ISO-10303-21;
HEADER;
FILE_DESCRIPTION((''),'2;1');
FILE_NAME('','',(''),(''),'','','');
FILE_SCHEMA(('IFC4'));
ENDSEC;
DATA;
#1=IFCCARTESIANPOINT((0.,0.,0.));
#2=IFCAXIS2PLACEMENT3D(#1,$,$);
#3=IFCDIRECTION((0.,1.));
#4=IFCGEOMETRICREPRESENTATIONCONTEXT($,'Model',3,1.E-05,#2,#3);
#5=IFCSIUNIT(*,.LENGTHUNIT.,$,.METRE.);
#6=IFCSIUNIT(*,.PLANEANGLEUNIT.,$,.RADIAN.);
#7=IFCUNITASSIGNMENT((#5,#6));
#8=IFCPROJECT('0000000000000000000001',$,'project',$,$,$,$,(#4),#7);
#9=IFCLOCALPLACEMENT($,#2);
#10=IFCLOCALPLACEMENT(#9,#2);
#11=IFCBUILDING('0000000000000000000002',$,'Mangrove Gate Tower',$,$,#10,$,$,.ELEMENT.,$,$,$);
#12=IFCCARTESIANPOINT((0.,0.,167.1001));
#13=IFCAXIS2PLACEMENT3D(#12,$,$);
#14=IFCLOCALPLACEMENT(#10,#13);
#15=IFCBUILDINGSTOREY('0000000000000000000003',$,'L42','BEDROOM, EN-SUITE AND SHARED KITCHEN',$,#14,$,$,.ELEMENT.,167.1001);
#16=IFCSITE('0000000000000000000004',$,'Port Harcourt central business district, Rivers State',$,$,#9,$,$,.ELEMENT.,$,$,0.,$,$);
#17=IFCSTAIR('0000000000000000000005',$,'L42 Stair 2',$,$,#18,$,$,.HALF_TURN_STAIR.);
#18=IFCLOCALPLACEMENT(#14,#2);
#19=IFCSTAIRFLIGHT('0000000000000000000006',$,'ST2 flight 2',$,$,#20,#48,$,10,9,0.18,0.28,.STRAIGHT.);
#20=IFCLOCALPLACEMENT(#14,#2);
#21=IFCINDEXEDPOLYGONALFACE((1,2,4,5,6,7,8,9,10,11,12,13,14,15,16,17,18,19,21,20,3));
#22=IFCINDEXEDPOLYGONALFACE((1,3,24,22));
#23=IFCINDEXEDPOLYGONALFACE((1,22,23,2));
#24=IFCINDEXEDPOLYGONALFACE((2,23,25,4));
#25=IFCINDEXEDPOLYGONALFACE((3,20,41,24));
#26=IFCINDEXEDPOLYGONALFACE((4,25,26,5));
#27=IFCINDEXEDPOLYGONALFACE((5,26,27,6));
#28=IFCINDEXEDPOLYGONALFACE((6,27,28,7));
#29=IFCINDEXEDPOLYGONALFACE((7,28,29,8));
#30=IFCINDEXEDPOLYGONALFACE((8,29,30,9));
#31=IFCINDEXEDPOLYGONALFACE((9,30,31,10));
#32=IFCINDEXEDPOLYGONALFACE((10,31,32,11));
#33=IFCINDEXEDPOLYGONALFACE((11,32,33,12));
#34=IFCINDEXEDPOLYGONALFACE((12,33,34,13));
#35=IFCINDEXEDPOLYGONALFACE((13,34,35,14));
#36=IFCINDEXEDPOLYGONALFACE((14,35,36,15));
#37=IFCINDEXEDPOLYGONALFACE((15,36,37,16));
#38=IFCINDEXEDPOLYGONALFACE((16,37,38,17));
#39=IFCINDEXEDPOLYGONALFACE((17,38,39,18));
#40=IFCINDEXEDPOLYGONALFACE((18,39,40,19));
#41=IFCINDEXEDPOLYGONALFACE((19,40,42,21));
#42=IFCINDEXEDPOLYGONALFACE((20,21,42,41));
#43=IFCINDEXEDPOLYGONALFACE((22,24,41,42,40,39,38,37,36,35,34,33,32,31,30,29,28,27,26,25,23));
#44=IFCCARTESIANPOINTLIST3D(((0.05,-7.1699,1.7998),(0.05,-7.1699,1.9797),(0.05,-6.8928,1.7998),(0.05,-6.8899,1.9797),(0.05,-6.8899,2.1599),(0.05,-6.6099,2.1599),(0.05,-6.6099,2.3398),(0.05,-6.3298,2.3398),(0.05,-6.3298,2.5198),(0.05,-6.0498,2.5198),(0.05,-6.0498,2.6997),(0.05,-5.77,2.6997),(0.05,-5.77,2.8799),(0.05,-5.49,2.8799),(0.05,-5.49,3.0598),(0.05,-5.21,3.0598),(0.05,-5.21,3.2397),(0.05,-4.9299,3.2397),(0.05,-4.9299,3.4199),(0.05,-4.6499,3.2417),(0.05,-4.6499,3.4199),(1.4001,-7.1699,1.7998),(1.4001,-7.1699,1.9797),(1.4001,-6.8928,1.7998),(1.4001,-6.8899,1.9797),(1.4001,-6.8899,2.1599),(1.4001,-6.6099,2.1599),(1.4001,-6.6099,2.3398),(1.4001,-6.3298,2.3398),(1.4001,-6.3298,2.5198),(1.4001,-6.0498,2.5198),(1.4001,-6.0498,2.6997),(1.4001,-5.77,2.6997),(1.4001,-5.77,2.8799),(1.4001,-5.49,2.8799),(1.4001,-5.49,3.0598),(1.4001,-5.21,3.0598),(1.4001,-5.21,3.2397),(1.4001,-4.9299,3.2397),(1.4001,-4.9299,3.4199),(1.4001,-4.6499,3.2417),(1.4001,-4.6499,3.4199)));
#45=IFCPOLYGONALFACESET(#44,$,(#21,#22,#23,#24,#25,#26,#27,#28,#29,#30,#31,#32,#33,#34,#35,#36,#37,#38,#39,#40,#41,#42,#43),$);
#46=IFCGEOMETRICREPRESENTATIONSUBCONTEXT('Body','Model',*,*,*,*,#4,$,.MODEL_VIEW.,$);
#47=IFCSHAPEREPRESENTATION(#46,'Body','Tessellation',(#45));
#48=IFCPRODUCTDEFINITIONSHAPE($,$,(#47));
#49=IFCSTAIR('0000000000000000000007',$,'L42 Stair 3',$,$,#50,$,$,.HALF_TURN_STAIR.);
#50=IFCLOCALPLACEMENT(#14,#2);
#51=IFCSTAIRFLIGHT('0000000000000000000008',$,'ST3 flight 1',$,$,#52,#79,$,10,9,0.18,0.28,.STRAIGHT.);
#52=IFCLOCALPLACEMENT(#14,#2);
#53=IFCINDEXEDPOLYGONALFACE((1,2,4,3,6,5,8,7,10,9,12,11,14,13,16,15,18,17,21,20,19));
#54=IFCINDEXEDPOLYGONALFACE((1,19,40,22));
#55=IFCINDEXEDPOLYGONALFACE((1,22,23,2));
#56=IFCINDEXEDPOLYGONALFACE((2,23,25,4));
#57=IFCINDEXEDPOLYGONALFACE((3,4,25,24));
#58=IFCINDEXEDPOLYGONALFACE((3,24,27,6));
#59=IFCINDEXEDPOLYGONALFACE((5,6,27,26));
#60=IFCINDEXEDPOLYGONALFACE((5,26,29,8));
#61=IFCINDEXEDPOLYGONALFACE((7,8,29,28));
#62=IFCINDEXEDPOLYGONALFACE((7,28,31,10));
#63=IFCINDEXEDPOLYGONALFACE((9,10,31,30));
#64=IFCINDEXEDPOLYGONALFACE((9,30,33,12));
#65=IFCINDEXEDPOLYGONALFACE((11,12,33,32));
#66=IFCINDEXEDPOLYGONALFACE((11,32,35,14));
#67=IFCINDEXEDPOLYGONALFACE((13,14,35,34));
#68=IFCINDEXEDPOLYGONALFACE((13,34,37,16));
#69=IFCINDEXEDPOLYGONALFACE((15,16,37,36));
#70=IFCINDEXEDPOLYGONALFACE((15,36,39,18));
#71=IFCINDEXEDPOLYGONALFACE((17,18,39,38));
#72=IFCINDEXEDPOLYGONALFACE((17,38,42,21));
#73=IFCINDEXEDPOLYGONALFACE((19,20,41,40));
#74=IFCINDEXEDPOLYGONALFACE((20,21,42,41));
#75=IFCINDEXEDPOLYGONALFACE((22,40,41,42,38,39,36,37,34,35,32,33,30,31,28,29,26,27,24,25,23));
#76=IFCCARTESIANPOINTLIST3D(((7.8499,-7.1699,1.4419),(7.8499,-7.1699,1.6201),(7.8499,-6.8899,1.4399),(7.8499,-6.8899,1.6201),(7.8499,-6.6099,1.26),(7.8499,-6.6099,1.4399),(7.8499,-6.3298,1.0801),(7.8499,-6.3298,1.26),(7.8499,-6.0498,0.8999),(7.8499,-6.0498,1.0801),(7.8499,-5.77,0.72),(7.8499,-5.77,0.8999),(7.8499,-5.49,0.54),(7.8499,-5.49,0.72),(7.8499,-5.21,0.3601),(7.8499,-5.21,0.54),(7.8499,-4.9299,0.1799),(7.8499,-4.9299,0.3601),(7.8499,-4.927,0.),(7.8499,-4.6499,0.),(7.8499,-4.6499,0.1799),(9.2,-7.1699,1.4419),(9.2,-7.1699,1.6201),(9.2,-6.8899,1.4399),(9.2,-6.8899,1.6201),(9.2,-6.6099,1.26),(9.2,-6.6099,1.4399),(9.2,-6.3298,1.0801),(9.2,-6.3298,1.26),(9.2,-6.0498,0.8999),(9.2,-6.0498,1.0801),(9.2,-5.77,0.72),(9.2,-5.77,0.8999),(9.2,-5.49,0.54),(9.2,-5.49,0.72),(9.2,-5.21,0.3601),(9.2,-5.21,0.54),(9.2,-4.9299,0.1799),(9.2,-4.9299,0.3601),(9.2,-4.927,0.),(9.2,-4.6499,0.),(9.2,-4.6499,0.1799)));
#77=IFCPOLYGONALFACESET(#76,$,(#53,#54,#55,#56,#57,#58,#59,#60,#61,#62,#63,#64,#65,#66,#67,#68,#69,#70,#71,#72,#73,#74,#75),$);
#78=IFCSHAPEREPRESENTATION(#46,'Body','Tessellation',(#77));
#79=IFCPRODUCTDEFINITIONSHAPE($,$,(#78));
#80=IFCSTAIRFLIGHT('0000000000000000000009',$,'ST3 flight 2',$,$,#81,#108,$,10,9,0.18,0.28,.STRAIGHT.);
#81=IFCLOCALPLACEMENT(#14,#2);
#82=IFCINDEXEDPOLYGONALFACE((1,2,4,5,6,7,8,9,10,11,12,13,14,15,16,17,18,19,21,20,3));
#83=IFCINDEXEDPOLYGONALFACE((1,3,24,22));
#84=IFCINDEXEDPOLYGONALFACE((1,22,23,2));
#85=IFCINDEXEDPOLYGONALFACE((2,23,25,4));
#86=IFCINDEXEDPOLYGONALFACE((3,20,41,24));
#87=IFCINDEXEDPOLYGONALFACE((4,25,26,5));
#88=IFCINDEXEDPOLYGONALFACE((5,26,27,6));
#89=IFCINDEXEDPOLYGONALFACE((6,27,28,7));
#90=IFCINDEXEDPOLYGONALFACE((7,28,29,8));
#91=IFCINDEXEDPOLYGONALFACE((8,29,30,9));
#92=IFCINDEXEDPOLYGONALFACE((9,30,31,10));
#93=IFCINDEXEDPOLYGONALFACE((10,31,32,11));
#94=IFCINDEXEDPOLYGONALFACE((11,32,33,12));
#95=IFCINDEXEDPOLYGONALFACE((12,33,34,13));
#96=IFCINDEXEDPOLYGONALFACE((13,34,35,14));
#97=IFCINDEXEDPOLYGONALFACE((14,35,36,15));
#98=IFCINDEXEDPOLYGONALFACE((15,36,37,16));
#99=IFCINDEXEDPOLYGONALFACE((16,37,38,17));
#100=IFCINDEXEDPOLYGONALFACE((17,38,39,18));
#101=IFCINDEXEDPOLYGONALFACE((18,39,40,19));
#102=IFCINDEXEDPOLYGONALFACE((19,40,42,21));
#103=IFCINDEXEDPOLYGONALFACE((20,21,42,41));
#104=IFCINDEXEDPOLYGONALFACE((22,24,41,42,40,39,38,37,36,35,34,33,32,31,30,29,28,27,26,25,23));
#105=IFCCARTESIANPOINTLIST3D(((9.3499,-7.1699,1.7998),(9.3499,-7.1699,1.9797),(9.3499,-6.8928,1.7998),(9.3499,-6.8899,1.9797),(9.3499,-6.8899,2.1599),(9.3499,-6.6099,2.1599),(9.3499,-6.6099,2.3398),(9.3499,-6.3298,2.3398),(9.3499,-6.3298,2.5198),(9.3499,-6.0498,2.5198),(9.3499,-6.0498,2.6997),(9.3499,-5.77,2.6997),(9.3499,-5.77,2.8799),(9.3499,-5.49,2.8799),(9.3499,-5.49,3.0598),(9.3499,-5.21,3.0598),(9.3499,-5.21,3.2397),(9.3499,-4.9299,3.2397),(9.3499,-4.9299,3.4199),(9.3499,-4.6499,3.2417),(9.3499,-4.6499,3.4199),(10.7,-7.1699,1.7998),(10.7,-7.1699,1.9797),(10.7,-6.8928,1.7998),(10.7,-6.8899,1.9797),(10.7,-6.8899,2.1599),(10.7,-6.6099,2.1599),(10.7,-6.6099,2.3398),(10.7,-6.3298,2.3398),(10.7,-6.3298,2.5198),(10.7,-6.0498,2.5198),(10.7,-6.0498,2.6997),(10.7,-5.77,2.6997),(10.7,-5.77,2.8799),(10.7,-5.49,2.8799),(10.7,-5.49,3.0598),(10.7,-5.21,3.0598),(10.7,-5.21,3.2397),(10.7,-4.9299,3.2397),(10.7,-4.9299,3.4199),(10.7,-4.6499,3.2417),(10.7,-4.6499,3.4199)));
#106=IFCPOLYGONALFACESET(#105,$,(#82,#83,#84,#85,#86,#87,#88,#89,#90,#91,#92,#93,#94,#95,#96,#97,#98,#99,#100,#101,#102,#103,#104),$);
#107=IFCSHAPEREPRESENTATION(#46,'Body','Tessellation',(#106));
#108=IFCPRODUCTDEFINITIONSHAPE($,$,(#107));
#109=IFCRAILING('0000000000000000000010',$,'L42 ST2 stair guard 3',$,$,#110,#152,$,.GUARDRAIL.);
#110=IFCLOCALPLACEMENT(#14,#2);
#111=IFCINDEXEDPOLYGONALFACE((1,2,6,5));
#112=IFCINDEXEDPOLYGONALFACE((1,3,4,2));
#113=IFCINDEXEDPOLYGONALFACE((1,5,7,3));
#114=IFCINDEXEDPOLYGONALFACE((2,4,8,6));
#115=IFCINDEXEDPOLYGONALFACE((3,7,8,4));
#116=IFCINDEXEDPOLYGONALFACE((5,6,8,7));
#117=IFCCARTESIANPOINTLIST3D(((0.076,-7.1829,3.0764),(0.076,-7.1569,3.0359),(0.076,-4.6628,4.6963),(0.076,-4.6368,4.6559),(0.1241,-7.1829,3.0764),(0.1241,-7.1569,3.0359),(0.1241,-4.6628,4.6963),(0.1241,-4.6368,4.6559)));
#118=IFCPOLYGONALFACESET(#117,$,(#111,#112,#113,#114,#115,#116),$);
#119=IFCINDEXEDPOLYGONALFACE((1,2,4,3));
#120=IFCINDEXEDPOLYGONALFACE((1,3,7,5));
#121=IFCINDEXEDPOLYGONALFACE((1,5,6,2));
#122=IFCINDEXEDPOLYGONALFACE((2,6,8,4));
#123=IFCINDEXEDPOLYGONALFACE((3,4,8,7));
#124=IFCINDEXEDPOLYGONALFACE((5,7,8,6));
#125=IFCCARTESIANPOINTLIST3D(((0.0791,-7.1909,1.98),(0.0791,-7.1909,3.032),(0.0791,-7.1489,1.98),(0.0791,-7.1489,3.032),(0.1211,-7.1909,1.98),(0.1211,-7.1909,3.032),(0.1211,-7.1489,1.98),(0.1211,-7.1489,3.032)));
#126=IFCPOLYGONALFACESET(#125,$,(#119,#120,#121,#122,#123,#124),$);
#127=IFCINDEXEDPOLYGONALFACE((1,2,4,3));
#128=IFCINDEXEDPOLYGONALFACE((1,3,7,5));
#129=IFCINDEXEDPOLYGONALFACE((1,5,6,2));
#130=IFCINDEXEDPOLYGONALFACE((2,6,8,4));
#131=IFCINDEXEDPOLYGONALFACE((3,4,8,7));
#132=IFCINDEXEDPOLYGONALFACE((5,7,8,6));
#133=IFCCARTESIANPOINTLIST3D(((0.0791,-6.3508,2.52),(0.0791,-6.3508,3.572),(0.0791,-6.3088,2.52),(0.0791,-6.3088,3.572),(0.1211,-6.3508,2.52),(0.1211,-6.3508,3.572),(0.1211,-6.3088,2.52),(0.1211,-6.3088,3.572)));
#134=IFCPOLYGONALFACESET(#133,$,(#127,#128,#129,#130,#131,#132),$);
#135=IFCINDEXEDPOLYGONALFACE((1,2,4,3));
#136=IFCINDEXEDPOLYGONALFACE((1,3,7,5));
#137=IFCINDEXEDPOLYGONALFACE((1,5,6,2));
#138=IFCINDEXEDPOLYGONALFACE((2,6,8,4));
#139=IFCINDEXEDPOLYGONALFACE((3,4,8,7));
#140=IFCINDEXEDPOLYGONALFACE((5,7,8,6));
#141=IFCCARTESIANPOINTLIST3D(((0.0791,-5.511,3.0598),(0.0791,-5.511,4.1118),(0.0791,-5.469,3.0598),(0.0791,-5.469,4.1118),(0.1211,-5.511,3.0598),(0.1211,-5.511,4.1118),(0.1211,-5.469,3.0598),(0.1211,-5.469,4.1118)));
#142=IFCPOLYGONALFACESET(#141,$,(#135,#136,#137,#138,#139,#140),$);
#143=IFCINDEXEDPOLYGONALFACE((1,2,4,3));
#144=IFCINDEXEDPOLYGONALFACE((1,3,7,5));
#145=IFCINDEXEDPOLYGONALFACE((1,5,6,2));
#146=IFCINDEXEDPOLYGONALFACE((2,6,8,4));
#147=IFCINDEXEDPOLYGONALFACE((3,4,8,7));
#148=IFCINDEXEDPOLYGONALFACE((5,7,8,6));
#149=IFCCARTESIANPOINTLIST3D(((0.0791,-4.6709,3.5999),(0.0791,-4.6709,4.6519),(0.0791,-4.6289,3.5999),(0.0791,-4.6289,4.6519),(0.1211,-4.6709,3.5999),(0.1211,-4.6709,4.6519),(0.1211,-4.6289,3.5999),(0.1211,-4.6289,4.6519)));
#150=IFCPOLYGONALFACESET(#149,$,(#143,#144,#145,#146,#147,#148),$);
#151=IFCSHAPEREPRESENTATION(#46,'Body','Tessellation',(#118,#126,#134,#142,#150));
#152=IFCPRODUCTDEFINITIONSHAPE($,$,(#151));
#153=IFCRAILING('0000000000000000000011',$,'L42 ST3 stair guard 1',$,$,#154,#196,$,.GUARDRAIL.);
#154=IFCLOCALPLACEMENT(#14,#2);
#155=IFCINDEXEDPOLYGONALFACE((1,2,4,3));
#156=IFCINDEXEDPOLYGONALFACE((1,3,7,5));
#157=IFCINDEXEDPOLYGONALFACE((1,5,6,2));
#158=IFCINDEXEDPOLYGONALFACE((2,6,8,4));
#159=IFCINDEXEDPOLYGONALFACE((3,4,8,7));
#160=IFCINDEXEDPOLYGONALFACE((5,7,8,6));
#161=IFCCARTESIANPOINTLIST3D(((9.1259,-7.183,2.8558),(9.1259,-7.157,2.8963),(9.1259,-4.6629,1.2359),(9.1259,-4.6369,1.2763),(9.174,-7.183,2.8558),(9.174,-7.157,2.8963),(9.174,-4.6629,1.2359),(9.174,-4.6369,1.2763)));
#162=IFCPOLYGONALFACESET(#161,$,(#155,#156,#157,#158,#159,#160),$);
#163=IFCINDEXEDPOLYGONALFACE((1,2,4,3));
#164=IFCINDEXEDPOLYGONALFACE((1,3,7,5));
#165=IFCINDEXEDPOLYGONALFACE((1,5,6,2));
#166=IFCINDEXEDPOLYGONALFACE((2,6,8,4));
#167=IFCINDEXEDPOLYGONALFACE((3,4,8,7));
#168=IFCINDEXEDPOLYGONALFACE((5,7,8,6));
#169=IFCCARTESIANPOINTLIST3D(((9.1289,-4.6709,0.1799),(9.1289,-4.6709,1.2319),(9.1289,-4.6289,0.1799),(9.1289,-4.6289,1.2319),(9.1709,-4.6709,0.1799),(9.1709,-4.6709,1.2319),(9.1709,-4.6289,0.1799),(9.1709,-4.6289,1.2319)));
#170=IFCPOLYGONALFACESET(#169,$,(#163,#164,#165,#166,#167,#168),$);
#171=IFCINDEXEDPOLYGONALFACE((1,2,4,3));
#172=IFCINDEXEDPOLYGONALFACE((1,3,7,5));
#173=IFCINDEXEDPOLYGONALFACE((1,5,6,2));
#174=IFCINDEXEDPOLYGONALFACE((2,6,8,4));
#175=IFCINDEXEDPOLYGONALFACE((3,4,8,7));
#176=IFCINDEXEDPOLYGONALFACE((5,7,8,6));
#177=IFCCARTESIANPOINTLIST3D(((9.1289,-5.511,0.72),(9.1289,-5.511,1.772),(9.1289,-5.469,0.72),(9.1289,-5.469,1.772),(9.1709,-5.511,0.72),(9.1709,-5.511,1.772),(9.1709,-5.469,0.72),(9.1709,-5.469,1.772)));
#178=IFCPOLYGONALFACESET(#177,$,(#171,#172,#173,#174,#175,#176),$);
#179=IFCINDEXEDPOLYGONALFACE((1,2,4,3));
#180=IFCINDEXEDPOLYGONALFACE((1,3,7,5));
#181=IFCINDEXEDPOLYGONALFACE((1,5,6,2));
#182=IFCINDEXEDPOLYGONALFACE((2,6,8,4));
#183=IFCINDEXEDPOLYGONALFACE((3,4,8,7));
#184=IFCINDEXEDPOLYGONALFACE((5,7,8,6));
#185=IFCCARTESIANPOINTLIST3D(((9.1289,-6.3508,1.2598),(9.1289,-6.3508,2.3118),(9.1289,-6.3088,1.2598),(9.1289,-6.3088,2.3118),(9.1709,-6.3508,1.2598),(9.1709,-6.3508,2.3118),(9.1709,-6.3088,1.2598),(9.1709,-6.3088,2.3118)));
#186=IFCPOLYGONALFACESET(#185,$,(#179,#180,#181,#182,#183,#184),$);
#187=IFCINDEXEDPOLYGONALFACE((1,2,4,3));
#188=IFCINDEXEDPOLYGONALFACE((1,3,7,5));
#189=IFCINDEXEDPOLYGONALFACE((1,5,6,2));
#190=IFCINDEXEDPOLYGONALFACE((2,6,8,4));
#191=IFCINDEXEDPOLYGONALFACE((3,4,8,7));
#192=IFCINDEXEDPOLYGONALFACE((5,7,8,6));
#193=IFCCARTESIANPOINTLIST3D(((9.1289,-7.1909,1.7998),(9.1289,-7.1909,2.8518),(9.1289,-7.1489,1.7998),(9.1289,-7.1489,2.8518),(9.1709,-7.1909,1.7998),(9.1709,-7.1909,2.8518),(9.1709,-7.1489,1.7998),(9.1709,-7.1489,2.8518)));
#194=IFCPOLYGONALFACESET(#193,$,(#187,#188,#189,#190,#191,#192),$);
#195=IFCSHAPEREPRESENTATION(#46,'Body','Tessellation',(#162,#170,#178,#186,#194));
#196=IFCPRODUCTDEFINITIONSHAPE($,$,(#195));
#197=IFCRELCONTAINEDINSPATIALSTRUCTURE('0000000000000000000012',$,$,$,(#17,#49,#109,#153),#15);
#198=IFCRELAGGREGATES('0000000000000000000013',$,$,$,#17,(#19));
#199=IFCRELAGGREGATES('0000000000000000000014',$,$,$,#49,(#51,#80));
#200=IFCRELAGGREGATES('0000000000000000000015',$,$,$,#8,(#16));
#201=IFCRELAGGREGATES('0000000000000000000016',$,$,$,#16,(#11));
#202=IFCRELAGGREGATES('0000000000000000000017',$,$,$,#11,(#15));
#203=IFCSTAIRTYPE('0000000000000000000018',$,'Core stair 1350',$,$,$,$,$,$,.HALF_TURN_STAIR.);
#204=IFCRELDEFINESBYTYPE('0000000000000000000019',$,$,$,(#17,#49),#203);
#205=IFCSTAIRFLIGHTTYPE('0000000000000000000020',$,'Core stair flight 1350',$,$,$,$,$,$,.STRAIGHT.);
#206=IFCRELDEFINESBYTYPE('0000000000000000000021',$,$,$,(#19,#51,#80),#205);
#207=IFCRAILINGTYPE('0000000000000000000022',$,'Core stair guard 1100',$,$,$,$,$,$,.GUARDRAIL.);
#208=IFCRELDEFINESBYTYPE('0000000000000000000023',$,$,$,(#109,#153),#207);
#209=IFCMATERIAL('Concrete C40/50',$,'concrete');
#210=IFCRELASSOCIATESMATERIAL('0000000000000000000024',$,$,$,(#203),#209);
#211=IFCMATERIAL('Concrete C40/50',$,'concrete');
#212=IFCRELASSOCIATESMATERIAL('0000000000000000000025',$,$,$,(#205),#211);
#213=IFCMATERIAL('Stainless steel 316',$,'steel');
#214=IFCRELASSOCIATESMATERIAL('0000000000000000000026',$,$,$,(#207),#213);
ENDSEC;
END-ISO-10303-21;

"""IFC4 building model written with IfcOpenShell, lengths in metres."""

from ifc_helpers import new_model, si_unit, direction, frame, origin, origin_2d, place, context, subcontext, project, spatial, polyline, rectangle, outline, extrude, material, type_object, element, aggregate, save


model = new_model("IFC4")

# Units and contexts
model_context = context("Model", 3, precision=1e-05, world=origin(), true_north=direction((0.0, 1.0)))
body_context = subcontext(model_context, "Body", "Model", "MODEL_VIEW")
ifc_project = project(units=[si_unit("LENGTHUNIT", "METRE"), si_unit("PLANEANGLEUNIT", "RADIAN")], contexts=[model_context])

# Site, building, storey
site_placement = place(None, origin())
site = spatial("IfcSite", under=ifc_project, at=site_placement, Name="Port Harcourt central business district, Rivers State", CompositionType="ELEMENT", RefElevation=0.0)
building_placement = place(site_placement, origin())
building = spatial("IfcBuilding", under=site, at=building_placement, Name="Mangrove Gate Tower", CompositionType="ELEMENT")
storey_placement = place(building_placement, frame((0.0, 0.0, 167.1001)))
storey = spatial("IfcBuildingStorey", under=building, at=storey_placement, Name="L42", Description="BEDROOM, EN-SUITE AND SHARED KITCHEN", CompositionType="ELEMENT", Elevation=167.1001)

# Stair, stair flight
ifc_material_1 = material(Name="Concrete C40/50", Category="concrete")
stair_type = type_object("IfcStairType", Name="Core stair 1350", PredefinedType="HALF_TURN_STAIR", material=ifc_material_1)
stair_1_placement = place(storey_placement, origin())
stair_1 = element("IfcStair", 1, at=stair_1_placement, inside=storey, type_object=stair_type, Name="L42 Stair 2", PredefinedType="HALF_TURN_STAIR")
ifc_material_2 = material(Name="Concrete C40/50", Category="concrete")
stair_flight_type = type_object("IfcStairFlightType", Name="Core stair flight 1350", PredefinedType="STRAIGHT", material=ifc_material_2)
stair_flight_1_placement = place(storey_placement, frame((0.7251, -7.1699, 1.7998), z_axis=(0.0, 0.0, 1.0), x_axis=(0.0, 1.0, 0.0)))
stair_flight_1 = element("IfcStairFlight", 2, at=stair_flight_1_placement, type_object=stair_flight_type, Name="ST2 flight 2", NumberOfRisers=10, NumberOfTreads=9, PredefinedType="STRAIGHT", RiserHeight=0.18, TreadLength=0.28, context=body_context, shape_type="SweptSolid", body=[
    extrude(outline(polyline([(0.0, 0.0), (0.0, 0.1799), (0.28, 0.1799), (0.28, 0.3601), (0.5601, 0.3601), (0.5601, 0.54), (0.8401, 0.54), (0.8401, 0.72), (1.1201, 0.72), (1.1201, 0.8999), (1.3999, 0.8999), (1.3999, 1.0801), (1.6799, 1.0801), (1.6799, 1.26), (1.96, 1.26), (1.96, 1.4399), (2.24, 1.4399), (2.24, 1.6201), (2.52, 1.6201), (2.52, 1.8), (2.52, 1.4419), (0.2771, 0.0), (0.0, 0.0)])), frame((0.0, 0.675, 0.0), z_axis=(0.0, -1.0, 0.0), x_axis=(1.0, 0.0, 0.0)), (0.0, 0.0, 1.0), 1.3501),
])
aggregate(stair_1, [stair_flight_1])

# Stair, stair flights
stair_2_placement = place(storey_placement, origin())
stair_2 = element("IfcStair", 3, at=stair_2_placement, inside=storey, type_object=stair_type, Name="L42 Stair 3", PredefinedType="HALF_TURN_STAIR")
stair_flight_2_placement = place(storey_placement, frame((8.5249, -4.6499, 0.0), z_axis=(0.0, 0.0, 1.0), x_axis=(0.0, -1.0, 0.0)))
stair_flight_2 = element("IfcStairFlight", 4, at=stair_flight_2_placement, type_object=stair_flight_type, Name="ST3 flight 1", NumberOfRisers=10, NumberOfTreads=9, PredefinedType="STRAIGHT", RiserHeight=0.18, TreadLength=0.28, context=body_context, shape_type="SweptSolid", body=[
    extrude(outline(polyline([(0.0, 0.0), (0.0, 0.1799), (0.28, 0.1799), (0.28, 0.3601), (0.5601, 0.3601), (0.5601, 0.54), (0.8401, 0.54), (0.8401, 0.72), (1.1201, 0.72), (1.1201, 0.8999), (1.3999, 0.8999), (1.3999, 1.0801), (1.6799, 1.0801), (1.6799, 1.26), (1.96, 1.26), (1.96, 1.4399), (2.24, 1.4399), (2.24, 1.6201), (2.52, 1.6201), (2.52, 1.8), (2.52, 1.4419), (0.2771, 0.0), (0.0, 0.0)])), frame((0.0, 0.675, 0.0), z_axis=(0.0, -1.0, 0.0), x_axis=(1.0, 0.0, 0.0)), (0.0, 0.0, 1.0), 1.3501),
])
stair_flight_3_placement = place(storey_placement, frame((10.0249, -7.1699, 1.7998), z_axis=(0.0, 0.0, 1.0), x_axis=(0.0, 1.0, 0.0)))
stair_flight_3 = element("IfcStairFlight", 5, at=stair_flight_3_placement, type_object=stair_flight_type, Name="ST3 flight 2", NumberOfRisers=10, NumberOfTreads=9, PredefinedType="STRAIGHT", RiserHeight=0.18, TreadLength=0.28, context=body_context, shape_type="SweptSolid", body=[
    extrude(outline(polyline([(0.0, 0.0), (0.0, 0.1799), (0.28, 0.1799), (0.28, 0.3601), (0.5601, 0.3601), (0.5601, 0.54), (0.8401, 0.54), (0.8401, 0.72), (1.1201, 0.72), (1.1201, 0.8999), (1.3999, 0.8999), (1.3999, 1.0801), (1.6799, 1.0801), (1.6799, 1.26), (1.96, 1.26), (1.96, 1.4399), (2.24, 1.4399), (2.24, 1.6201), (2.52, 1.6201), (2.52, 1.8), (2.52, 1.4419), (0.2771, 0.0), (0.0, 0.0)])), frame((0.0, 0.675, 0.0), z_axis=(0.0, -1.0, 0.0), x_axis=(1.0, 0.0, 0.0)), (0.0, 0.0, 1.0), 1.3501),
])
aggregate(stair_2, [stair_flight_2, stair_flight_3])

# Railings
ifc_material_3 = material(Name="Stainless steel 316", Category="steel")
railing_type_1 = type_object("IfcRailingType", Name="Core stair guard 1100", PredefinedType="GUARDRAIL", material=ifc_material_3)
railing_1_placement = place(storey_placement, frame((0.1001, -7.1699, 1.98)))
element("IfcRailing", 6, at=railing_1_placement, inside=storey, type_object=railing_type_1, Name="L42 ST2 stair guard 3", PredefinedType="GUARDRAIL", context=body_context, shape_type="SweptSolid", body=[
    extrude(rectangle(XDim=0.0481, YDim=0.0481, at=origin_2d()), frame((0.0, 0.0, 1.0762), z_axis=(0.0, 0.8412, 0.540725), x_axis=(-1.0, 0.0, 0.0)), (0.0, 0.0, 1.0), 2.9958),
    extrude(rectangle(XDim=0.042, YDim=0.042, at=origin_2d()), origin(), (0.0, 0.0, 1.0), 1.052),
    extrude(rectangle(XDim=0.042, YDim=0.042, at=origin_2d()), frame((0.0, 0.8401, 0.54)), (0.0, 0.0, 1.0), 1.052),
    extrude(rectangle(XDim=0.042, YDim=0.042, at=origin_2d()), frame((0.0, 1.6799, 1.0798)), (0.0, 0.0, 1.0), 1.052),
    extrude(rectangle(XDim=0.042, YDim=0.042, at=origin_2d()), frame((0.0, 2.52, 1.6199)), (0.0, 0.0, 1.0), 1.052),
])
railing_2_placement = place(storey_placement, frame((9.1499, -4.6499, 0.1799)))
element("IfcRailing", 7, at=railing_2_placement, inside=storey, type_object=railing_type_1, Name="L42 ST3 stair guard 1", PredefinedType="GUARDRAIL", context=body_context, shape_type="SweptSolid", body=[
    extrude(rectangle(XDim=0.0481, YDim=0.0481, at=origin_2d()), frame((0.0, 0.0, 1.0762), z_axis=(0.0, -0.8412, 0.540725), x_axis=(1.0, 0.0, 0.0)), (0.0, 0.0, 1.0), 2.9958),
    extrude(rectangle(XDim=0.042, YDim=0.042, at=origin_2d()), origin(), (0.0, 0.0, 1.0), 1.052),
    extrude(rectangle(XDim=0.042, YDim=0.042, at=origin_2d()), frame((0.0, -0.8401, 0.54)), (0.0, 0.0, 1.0), 1.052),
    extrude(rectangle(XDim=0.042, YDim=0.042, at=origin_2d()), frame((0.0, -1.6799, 1.0798)), (0.0, 0.0, 1.0), 1.052),
    extrude(rectangle(XDim=0.042, YDim=0.042, at=origin_2d()), frame((0.0, -2.52, 1.6199)), (0.0, 0.0, 1.0), 1.052),
])

save(model, "model.ifc")
